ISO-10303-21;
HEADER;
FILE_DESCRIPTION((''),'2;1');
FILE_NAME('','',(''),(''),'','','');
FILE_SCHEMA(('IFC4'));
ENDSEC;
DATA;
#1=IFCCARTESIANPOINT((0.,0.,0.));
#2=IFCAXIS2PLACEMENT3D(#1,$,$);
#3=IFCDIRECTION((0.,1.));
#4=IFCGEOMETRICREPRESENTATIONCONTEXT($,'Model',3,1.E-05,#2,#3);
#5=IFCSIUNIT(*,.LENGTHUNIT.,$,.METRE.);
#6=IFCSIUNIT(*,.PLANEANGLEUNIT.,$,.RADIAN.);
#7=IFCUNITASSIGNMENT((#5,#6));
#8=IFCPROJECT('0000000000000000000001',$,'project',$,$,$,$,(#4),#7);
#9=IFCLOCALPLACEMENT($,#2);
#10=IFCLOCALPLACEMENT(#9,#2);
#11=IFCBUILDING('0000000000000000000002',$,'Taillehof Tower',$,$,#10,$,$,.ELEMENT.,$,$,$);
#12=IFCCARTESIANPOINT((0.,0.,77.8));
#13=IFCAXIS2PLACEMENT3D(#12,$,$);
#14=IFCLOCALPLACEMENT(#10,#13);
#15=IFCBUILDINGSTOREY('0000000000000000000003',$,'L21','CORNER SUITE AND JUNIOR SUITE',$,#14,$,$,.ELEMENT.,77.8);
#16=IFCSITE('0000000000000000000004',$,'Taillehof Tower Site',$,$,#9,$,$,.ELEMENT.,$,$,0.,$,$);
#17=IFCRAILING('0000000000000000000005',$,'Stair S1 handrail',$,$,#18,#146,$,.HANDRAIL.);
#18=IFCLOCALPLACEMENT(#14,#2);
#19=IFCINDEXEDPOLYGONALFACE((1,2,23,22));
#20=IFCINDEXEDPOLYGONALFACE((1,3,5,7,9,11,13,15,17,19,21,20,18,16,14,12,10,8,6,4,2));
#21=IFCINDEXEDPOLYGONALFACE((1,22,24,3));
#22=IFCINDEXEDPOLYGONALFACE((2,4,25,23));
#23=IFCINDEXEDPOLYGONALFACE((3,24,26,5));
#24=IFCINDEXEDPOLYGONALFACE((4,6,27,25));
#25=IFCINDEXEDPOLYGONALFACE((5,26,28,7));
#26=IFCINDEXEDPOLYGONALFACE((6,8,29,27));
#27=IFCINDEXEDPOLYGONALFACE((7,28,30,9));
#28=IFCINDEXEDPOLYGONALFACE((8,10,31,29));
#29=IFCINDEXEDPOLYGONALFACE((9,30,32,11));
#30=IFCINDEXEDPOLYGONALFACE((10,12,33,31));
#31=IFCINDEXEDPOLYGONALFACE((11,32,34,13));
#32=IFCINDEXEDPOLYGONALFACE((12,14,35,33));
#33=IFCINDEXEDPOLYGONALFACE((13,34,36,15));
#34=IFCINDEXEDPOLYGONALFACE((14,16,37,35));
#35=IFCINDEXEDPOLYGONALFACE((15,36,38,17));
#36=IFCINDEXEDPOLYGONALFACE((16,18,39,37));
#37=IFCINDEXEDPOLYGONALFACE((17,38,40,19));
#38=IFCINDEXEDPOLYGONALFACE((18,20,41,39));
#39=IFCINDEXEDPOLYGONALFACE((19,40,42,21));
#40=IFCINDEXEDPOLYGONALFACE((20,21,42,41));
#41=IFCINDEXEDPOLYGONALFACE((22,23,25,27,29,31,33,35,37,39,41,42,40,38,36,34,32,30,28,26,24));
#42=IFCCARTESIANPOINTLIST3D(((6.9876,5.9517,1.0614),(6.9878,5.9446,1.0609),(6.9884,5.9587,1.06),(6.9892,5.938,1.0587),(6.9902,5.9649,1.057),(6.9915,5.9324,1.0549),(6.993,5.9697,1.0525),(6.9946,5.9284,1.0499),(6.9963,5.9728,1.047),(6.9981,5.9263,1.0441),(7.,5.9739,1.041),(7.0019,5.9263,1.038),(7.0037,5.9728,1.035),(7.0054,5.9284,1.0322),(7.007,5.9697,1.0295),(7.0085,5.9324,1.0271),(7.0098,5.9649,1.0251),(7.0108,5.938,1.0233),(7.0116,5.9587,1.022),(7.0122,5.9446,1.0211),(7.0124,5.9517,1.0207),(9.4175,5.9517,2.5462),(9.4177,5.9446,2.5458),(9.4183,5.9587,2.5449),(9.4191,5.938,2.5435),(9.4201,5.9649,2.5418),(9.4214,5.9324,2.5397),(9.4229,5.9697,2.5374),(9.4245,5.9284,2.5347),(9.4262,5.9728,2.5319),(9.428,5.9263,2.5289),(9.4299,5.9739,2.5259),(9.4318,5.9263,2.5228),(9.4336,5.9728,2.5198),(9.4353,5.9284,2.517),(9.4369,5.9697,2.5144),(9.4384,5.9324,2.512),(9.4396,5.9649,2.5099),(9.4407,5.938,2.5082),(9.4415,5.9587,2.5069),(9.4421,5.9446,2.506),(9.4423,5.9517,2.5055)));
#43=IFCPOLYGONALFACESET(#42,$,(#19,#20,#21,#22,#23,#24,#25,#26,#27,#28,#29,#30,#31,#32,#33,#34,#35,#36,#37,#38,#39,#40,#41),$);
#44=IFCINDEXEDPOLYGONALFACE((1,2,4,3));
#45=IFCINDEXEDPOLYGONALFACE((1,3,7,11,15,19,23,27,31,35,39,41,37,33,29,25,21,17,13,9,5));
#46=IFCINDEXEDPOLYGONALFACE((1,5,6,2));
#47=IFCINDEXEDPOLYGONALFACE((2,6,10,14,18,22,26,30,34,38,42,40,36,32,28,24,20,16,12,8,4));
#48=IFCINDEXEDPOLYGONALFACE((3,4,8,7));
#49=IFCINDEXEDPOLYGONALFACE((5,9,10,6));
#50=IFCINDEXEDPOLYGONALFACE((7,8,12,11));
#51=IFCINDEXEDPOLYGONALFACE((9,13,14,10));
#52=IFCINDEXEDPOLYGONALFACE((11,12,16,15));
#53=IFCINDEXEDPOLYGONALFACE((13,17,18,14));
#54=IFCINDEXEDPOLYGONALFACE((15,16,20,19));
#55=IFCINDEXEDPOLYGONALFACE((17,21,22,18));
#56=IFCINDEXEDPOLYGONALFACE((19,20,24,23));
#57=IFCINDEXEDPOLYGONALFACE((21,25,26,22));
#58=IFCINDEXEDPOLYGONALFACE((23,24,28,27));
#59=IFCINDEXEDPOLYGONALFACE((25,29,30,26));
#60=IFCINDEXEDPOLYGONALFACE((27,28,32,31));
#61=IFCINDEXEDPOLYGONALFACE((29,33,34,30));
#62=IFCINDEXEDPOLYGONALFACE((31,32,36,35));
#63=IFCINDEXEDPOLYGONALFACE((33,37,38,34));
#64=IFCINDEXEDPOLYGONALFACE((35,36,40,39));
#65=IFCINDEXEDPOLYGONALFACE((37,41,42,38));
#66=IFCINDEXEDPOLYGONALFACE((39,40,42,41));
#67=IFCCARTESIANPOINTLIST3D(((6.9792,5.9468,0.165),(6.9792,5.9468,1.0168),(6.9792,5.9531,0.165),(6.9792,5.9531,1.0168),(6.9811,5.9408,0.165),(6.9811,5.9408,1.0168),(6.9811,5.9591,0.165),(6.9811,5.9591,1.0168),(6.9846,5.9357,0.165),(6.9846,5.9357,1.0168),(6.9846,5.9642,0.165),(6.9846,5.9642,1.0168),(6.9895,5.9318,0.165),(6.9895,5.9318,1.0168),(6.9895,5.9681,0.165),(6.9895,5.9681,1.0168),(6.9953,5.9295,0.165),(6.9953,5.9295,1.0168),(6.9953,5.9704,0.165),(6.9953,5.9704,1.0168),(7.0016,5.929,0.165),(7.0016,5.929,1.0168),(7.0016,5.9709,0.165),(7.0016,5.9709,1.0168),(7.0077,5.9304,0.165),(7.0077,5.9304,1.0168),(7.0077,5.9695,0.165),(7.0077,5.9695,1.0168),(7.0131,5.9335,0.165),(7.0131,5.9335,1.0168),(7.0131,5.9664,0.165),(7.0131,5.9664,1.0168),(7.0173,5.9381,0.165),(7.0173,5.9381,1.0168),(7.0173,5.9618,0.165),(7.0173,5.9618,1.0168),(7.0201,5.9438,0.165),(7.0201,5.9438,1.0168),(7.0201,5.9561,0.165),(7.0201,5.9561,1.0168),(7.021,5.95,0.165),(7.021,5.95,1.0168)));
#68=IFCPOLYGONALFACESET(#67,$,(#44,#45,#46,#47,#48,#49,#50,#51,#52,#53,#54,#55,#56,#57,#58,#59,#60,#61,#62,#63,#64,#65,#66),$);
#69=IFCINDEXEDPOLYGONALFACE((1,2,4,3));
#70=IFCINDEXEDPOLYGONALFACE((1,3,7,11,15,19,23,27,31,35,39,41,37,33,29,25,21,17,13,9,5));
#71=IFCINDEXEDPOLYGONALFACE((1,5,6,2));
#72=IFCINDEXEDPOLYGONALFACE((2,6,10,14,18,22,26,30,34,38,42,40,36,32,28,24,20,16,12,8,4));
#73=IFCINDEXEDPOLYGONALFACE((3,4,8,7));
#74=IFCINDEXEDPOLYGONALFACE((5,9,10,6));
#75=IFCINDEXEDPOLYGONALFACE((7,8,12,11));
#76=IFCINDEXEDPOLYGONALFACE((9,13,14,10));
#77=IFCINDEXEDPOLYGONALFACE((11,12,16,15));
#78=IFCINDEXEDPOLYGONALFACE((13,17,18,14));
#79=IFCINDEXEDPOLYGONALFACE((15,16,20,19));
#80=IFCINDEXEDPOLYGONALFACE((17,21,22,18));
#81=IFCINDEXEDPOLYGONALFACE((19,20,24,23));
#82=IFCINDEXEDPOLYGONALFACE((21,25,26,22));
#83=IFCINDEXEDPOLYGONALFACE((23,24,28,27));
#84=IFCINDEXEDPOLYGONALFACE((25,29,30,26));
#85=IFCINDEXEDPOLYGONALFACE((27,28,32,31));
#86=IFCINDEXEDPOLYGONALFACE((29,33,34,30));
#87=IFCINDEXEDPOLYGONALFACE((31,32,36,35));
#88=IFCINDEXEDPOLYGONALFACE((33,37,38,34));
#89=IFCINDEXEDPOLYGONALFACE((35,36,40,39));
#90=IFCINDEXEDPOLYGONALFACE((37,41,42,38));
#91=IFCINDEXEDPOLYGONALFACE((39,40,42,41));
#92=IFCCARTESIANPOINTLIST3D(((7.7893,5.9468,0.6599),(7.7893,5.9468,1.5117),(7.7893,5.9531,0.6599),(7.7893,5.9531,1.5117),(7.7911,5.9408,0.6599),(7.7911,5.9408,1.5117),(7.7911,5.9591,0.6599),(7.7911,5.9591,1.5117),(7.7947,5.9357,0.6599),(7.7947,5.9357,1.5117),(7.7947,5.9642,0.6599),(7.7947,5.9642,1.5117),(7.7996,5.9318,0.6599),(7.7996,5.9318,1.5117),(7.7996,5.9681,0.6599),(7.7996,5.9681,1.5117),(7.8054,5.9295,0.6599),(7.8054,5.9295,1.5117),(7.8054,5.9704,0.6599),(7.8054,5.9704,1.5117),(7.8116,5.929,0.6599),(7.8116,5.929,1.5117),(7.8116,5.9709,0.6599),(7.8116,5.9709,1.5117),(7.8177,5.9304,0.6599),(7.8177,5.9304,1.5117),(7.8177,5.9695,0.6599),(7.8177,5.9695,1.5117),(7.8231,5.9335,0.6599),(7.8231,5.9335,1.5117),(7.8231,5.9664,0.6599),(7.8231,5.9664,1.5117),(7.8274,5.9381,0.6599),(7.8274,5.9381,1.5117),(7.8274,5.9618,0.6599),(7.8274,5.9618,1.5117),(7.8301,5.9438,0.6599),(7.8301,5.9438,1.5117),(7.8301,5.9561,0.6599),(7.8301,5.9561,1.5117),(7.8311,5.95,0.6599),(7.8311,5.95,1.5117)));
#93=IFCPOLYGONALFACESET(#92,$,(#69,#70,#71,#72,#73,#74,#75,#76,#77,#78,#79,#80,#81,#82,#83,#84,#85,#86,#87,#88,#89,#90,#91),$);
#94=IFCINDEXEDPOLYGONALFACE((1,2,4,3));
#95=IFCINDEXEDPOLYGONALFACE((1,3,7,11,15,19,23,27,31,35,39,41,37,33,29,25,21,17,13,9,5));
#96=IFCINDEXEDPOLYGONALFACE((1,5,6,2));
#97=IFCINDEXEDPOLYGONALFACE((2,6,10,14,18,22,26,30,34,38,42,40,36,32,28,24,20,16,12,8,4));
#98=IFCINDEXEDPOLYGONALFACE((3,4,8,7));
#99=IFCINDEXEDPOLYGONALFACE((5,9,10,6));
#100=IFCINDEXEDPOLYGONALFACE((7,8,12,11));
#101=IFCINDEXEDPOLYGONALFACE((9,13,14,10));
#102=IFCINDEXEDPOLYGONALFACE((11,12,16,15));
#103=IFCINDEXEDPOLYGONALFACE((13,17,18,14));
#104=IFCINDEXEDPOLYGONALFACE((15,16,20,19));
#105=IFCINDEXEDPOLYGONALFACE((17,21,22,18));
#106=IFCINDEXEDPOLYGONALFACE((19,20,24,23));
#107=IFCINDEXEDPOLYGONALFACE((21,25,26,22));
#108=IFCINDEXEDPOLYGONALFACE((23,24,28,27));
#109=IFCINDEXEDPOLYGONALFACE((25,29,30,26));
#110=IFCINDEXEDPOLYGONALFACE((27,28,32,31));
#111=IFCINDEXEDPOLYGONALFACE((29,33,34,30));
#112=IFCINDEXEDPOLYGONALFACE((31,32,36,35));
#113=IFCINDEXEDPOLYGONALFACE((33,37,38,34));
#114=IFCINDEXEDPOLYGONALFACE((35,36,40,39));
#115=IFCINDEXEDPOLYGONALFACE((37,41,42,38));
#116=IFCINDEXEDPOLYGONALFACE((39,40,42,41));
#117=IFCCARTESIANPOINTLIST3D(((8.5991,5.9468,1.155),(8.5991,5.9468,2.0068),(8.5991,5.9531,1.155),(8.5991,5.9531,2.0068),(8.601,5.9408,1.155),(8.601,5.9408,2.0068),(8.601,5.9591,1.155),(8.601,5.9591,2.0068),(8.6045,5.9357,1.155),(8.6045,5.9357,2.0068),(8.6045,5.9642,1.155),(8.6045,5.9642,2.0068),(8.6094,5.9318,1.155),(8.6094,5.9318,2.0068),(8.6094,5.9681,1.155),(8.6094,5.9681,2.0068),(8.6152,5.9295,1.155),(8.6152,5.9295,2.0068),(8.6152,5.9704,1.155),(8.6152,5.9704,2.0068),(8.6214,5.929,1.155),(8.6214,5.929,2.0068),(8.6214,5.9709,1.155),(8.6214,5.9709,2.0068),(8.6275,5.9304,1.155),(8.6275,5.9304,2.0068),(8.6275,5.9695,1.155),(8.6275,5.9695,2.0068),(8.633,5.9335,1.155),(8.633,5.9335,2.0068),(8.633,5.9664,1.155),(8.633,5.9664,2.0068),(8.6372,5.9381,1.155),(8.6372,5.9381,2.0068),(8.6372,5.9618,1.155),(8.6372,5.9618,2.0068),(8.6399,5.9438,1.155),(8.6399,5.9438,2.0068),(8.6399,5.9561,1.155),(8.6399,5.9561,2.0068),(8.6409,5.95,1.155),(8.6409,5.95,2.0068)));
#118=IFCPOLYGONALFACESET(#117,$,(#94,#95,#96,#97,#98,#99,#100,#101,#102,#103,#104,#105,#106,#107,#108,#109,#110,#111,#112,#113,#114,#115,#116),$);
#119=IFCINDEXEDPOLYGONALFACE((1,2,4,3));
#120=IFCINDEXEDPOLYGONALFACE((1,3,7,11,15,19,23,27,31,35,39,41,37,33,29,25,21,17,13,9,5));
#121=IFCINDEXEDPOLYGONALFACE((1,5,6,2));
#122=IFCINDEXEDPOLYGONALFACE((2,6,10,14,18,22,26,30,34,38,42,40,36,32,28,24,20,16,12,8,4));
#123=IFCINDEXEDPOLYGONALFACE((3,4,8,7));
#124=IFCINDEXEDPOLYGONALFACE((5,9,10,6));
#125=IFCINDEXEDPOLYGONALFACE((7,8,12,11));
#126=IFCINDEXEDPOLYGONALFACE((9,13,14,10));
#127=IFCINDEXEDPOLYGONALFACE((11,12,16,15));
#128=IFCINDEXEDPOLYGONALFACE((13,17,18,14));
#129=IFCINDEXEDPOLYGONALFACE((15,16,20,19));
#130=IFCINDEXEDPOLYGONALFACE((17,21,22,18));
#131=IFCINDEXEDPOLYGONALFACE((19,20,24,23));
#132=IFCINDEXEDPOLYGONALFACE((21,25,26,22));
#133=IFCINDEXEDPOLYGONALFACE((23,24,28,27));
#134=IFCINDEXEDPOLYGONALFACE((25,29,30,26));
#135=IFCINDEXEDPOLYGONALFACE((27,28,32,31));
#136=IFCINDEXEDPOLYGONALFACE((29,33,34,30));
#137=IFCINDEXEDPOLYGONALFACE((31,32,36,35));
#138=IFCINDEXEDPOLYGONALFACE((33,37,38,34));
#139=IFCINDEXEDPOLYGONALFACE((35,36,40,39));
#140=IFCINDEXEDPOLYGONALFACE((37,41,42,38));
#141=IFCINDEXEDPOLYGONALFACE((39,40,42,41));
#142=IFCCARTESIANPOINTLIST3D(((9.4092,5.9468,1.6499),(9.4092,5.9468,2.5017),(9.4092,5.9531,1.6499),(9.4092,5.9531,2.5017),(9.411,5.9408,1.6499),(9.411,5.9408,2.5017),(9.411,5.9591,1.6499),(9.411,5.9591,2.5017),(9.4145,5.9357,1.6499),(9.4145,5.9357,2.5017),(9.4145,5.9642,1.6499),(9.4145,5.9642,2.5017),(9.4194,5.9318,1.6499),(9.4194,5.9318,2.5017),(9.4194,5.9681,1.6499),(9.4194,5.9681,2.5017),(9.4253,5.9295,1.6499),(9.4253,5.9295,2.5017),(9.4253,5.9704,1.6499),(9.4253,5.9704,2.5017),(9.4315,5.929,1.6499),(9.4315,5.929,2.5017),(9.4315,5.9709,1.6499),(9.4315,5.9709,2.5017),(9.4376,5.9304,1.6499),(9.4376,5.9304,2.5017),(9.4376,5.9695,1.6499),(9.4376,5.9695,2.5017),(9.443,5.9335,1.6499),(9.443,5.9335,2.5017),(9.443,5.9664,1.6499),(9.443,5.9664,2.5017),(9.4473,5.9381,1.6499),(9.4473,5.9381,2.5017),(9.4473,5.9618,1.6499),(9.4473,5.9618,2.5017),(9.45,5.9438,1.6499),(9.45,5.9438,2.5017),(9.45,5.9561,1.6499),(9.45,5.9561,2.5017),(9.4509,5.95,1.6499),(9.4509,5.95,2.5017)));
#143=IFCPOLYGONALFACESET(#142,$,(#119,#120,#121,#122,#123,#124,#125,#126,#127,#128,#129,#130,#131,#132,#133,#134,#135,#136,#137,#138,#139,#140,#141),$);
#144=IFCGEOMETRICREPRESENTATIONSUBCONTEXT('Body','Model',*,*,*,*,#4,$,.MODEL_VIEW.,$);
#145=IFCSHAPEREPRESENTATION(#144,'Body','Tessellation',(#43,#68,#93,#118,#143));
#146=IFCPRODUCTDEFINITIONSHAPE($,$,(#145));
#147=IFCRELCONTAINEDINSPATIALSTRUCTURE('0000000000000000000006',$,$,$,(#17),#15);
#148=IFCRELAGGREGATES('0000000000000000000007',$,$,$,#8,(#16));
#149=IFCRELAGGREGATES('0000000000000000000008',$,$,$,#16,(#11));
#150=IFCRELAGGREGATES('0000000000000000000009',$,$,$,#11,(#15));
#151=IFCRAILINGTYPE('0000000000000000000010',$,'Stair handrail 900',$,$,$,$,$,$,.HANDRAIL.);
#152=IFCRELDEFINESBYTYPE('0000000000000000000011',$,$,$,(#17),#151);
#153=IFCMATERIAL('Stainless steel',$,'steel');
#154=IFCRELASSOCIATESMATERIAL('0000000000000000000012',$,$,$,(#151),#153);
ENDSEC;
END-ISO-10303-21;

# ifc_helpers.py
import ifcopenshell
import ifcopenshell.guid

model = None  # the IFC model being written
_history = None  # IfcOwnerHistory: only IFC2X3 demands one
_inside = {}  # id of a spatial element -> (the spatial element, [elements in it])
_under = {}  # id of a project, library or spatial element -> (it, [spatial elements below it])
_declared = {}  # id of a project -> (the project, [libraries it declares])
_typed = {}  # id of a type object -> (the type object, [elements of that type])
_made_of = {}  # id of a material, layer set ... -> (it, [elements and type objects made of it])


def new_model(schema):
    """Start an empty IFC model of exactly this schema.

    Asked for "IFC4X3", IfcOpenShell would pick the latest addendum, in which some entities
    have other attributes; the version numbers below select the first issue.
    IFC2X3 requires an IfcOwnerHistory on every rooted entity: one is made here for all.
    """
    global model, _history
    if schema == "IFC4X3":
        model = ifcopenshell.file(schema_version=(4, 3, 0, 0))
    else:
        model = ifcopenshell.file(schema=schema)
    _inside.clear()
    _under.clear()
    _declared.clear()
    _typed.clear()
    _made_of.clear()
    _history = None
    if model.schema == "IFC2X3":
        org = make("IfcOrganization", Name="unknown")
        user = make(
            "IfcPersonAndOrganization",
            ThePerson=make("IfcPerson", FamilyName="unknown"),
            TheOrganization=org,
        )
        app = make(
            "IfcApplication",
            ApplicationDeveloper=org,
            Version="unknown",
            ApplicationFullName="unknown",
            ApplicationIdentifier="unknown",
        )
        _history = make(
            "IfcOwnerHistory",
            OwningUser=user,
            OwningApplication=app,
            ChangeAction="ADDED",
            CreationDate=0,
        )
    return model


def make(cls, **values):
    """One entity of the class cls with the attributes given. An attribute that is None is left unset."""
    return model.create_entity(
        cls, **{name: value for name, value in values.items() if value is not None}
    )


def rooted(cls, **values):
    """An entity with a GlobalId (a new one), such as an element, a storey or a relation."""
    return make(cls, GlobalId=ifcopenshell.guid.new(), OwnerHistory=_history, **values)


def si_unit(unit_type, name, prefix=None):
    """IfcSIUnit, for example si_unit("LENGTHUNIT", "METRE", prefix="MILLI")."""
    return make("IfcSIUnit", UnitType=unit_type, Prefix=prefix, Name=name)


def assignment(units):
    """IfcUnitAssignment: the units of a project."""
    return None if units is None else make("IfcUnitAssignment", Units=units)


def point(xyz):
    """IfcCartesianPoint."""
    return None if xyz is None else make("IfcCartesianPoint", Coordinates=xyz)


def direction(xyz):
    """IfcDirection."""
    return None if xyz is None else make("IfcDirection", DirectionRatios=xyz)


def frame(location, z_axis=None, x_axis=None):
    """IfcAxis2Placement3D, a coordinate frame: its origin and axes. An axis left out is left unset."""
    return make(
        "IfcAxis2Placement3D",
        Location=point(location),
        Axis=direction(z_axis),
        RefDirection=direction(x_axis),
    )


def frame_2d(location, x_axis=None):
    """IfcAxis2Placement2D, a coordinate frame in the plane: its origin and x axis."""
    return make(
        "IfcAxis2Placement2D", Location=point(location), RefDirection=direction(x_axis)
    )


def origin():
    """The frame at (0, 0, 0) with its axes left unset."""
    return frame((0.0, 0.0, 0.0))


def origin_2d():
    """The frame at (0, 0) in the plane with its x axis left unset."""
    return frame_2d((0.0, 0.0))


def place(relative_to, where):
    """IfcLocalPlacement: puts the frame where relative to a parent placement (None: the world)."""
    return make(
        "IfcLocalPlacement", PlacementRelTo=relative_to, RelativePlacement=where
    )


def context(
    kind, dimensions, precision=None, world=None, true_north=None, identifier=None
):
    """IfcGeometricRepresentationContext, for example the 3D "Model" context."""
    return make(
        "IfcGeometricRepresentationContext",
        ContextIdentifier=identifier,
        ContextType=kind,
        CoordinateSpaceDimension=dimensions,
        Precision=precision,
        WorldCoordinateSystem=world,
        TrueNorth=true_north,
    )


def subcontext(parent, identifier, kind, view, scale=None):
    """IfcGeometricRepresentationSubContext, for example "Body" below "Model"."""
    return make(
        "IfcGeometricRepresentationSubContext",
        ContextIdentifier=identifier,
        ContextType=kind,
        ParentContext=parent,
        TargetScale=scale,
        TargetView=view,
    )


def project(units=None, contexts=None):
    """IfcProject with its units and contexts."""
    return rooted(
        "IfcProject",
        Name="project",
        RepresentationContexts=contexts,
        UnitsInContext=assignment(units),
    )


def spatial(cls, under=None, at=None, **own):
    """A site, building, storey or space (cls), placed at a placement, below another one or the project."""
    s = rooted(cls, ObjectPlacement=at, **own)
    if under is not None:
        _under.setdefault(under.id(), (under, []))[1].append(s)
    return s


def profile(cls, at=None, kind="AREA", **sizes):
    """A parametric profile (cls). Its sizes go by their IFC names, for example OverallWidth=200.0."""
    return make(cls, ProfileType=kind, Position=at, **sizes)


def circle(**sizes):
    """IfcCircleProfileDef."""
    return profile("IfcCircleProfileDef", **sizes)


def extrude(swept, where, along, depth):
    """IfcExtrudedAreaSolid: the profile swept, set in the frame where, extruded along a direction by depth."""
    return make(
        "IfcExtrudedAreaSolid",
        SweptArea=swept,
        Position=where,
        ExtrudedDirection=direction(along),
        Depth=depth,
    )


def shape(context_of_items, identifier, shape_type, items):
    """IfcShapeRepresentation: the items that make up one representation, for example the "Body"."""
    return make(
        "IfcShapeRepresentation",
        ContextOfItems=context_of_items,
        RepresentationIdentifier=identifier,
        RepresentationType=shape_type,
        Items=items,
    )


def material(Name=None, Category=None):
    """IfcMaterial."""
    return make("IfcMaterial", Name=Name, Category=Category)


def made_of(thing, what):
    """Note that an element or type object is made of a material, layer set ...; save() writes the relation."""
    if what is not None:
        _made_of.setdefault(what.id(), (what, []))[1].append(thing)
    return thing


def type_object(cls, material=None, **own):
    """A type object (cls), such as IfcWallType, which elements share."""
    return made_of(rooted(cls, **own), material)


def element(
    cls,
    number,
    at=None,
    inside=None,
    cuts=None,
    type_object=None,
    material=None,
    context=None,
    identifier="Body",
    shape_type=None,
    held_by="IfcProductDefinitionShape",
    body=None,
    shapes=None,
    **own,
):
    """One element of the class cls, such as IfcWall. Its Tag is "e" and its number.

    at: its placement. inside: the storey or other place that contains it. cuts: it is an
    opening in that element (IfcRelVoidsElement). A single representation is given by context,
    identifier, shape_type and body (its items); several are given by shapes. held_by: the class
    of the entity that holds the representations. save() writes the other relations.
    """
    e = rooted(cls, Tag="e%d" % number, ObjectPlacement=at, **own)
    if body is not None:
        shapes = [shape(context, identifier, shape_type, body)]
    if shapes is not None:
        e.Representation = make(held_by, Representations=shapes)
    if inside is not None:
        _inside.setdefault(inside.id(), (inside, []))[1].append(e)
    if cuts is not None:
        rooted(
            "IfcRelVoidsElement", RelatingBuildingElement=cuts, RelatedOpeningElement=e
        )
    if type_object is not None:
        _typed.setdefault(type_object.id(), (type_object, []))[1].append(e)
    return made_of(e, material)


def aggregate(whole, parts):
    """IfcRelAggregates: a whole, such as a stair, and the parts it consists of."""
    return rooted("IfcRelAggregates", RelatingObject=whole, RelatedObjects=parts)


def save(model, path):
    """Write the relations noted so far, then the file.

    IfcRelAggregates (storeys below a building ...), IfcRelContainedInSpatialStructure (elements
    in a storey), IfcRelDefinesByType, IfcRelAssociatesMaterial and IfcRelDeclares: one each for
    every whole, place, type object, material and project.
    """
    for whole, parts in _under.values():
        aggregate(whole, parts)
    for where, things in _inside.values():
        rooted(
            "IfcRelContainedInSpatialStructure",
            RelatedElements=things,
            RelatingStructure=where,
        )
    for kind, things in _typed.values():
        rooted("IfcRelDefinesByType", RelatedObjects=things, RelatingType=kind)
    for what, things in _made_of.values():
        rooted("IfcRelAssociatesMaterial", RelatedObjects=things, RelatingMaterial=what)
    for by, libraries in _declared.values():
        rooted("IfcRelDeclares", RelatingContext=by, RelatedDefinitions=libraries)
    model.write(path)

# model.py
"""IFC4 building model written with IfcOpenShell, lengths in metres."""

from ifc_helpers import new_model, si_unit, direction, frame, origin, origin_2d, place, context, subcontext, project, spatial, circle, extrude, material, type_object, element, save


model = new_model("IFC4")

# Units and contexts
model_context = context("Model", 3, precision=1e-05, world=origin(), true_north=direction((0.0, 1.0)))
body_context = subcontext(model_context, "Body", "Model", "MODEL_VIEW")
ifc_project = project(units=[si_unit("LENGTHUNIT", "METRE"), si_unit("PLANEANGLEUNIT", "RADIAN")], contexts=[model_context])

# Site, building, storey
site_placement = place(None, origin())
site = spatial("IfcSite", under=ifc_project, at=site_placement, Name="Taillehof Tower Site", CompositionType="ELEMENT", RefElevation=0.0)
building_placement = place(site_placement, origin())
building = spatial("IfcBuilding", under=site, at=building_placement, Name="Taillehof Tower", CompositionType="ELEMENT")
storey_placement = place(building_placement, frame((0.0, 0.0, 77.8)))
storey = spatial("IfcBuildingStorey", under=building, at=storey_placement, Name="L21", Description="CORNER SUITE AND JUNIOR SUITE", CompositionType="ELEMENT", Elevation=77.8)

# Railing
ifc_material_1 = material(Name="Stainless steel", Category="steel")
railing_type = type_object("IfcRailingType", Name="Stair handrail 900", PredefinedType="HANDRAIL", material=ifc_material_1)
railing_placement = place(storey_placement, frame((7.0, 5.95, 0.165)))
element("IfcRailing", 1, at=railing_placement, inside=storey, type_object=railing_type, Name="Stair S1 handrail", PredefinedType="HANDRAIL", context=body_context, shape_type="SweptSolid", body=[
    extrude(circle(Radius=0.0239, at=origin_2d()), frame((0.0, 0.0, 0.876), z_axis=(0.853297, 0.0, 0.521426), x_axis=(0.0, 1.0, 0.0)), (0.0, 0.0, 1.0), 2.8477),
    extrude(circle(Radius=0.021, at=origin_2d()), origin(), (0.0, 0.0, 1.0), 0.8518),
    extrude(circle(Radius=0.021, at=origin_2d()), frame((0.8101, 0.0, 0.4949)), (0.0, 0.0, 1.0), 0.8518),
    extrude(circle(Radius=0.021, at=origin_2d()), frame((1.6199, 0.0, 0.99)), (0.0, 0.0, 1.0), 0.8518),
    extrude(circle(Radius=0.021, at=origin_2d()), frame((2.4299, 0.0, 1.4849)), (0.0, 0.0, 1.0), 0.8518),
])

save(model, "model.ifc")
